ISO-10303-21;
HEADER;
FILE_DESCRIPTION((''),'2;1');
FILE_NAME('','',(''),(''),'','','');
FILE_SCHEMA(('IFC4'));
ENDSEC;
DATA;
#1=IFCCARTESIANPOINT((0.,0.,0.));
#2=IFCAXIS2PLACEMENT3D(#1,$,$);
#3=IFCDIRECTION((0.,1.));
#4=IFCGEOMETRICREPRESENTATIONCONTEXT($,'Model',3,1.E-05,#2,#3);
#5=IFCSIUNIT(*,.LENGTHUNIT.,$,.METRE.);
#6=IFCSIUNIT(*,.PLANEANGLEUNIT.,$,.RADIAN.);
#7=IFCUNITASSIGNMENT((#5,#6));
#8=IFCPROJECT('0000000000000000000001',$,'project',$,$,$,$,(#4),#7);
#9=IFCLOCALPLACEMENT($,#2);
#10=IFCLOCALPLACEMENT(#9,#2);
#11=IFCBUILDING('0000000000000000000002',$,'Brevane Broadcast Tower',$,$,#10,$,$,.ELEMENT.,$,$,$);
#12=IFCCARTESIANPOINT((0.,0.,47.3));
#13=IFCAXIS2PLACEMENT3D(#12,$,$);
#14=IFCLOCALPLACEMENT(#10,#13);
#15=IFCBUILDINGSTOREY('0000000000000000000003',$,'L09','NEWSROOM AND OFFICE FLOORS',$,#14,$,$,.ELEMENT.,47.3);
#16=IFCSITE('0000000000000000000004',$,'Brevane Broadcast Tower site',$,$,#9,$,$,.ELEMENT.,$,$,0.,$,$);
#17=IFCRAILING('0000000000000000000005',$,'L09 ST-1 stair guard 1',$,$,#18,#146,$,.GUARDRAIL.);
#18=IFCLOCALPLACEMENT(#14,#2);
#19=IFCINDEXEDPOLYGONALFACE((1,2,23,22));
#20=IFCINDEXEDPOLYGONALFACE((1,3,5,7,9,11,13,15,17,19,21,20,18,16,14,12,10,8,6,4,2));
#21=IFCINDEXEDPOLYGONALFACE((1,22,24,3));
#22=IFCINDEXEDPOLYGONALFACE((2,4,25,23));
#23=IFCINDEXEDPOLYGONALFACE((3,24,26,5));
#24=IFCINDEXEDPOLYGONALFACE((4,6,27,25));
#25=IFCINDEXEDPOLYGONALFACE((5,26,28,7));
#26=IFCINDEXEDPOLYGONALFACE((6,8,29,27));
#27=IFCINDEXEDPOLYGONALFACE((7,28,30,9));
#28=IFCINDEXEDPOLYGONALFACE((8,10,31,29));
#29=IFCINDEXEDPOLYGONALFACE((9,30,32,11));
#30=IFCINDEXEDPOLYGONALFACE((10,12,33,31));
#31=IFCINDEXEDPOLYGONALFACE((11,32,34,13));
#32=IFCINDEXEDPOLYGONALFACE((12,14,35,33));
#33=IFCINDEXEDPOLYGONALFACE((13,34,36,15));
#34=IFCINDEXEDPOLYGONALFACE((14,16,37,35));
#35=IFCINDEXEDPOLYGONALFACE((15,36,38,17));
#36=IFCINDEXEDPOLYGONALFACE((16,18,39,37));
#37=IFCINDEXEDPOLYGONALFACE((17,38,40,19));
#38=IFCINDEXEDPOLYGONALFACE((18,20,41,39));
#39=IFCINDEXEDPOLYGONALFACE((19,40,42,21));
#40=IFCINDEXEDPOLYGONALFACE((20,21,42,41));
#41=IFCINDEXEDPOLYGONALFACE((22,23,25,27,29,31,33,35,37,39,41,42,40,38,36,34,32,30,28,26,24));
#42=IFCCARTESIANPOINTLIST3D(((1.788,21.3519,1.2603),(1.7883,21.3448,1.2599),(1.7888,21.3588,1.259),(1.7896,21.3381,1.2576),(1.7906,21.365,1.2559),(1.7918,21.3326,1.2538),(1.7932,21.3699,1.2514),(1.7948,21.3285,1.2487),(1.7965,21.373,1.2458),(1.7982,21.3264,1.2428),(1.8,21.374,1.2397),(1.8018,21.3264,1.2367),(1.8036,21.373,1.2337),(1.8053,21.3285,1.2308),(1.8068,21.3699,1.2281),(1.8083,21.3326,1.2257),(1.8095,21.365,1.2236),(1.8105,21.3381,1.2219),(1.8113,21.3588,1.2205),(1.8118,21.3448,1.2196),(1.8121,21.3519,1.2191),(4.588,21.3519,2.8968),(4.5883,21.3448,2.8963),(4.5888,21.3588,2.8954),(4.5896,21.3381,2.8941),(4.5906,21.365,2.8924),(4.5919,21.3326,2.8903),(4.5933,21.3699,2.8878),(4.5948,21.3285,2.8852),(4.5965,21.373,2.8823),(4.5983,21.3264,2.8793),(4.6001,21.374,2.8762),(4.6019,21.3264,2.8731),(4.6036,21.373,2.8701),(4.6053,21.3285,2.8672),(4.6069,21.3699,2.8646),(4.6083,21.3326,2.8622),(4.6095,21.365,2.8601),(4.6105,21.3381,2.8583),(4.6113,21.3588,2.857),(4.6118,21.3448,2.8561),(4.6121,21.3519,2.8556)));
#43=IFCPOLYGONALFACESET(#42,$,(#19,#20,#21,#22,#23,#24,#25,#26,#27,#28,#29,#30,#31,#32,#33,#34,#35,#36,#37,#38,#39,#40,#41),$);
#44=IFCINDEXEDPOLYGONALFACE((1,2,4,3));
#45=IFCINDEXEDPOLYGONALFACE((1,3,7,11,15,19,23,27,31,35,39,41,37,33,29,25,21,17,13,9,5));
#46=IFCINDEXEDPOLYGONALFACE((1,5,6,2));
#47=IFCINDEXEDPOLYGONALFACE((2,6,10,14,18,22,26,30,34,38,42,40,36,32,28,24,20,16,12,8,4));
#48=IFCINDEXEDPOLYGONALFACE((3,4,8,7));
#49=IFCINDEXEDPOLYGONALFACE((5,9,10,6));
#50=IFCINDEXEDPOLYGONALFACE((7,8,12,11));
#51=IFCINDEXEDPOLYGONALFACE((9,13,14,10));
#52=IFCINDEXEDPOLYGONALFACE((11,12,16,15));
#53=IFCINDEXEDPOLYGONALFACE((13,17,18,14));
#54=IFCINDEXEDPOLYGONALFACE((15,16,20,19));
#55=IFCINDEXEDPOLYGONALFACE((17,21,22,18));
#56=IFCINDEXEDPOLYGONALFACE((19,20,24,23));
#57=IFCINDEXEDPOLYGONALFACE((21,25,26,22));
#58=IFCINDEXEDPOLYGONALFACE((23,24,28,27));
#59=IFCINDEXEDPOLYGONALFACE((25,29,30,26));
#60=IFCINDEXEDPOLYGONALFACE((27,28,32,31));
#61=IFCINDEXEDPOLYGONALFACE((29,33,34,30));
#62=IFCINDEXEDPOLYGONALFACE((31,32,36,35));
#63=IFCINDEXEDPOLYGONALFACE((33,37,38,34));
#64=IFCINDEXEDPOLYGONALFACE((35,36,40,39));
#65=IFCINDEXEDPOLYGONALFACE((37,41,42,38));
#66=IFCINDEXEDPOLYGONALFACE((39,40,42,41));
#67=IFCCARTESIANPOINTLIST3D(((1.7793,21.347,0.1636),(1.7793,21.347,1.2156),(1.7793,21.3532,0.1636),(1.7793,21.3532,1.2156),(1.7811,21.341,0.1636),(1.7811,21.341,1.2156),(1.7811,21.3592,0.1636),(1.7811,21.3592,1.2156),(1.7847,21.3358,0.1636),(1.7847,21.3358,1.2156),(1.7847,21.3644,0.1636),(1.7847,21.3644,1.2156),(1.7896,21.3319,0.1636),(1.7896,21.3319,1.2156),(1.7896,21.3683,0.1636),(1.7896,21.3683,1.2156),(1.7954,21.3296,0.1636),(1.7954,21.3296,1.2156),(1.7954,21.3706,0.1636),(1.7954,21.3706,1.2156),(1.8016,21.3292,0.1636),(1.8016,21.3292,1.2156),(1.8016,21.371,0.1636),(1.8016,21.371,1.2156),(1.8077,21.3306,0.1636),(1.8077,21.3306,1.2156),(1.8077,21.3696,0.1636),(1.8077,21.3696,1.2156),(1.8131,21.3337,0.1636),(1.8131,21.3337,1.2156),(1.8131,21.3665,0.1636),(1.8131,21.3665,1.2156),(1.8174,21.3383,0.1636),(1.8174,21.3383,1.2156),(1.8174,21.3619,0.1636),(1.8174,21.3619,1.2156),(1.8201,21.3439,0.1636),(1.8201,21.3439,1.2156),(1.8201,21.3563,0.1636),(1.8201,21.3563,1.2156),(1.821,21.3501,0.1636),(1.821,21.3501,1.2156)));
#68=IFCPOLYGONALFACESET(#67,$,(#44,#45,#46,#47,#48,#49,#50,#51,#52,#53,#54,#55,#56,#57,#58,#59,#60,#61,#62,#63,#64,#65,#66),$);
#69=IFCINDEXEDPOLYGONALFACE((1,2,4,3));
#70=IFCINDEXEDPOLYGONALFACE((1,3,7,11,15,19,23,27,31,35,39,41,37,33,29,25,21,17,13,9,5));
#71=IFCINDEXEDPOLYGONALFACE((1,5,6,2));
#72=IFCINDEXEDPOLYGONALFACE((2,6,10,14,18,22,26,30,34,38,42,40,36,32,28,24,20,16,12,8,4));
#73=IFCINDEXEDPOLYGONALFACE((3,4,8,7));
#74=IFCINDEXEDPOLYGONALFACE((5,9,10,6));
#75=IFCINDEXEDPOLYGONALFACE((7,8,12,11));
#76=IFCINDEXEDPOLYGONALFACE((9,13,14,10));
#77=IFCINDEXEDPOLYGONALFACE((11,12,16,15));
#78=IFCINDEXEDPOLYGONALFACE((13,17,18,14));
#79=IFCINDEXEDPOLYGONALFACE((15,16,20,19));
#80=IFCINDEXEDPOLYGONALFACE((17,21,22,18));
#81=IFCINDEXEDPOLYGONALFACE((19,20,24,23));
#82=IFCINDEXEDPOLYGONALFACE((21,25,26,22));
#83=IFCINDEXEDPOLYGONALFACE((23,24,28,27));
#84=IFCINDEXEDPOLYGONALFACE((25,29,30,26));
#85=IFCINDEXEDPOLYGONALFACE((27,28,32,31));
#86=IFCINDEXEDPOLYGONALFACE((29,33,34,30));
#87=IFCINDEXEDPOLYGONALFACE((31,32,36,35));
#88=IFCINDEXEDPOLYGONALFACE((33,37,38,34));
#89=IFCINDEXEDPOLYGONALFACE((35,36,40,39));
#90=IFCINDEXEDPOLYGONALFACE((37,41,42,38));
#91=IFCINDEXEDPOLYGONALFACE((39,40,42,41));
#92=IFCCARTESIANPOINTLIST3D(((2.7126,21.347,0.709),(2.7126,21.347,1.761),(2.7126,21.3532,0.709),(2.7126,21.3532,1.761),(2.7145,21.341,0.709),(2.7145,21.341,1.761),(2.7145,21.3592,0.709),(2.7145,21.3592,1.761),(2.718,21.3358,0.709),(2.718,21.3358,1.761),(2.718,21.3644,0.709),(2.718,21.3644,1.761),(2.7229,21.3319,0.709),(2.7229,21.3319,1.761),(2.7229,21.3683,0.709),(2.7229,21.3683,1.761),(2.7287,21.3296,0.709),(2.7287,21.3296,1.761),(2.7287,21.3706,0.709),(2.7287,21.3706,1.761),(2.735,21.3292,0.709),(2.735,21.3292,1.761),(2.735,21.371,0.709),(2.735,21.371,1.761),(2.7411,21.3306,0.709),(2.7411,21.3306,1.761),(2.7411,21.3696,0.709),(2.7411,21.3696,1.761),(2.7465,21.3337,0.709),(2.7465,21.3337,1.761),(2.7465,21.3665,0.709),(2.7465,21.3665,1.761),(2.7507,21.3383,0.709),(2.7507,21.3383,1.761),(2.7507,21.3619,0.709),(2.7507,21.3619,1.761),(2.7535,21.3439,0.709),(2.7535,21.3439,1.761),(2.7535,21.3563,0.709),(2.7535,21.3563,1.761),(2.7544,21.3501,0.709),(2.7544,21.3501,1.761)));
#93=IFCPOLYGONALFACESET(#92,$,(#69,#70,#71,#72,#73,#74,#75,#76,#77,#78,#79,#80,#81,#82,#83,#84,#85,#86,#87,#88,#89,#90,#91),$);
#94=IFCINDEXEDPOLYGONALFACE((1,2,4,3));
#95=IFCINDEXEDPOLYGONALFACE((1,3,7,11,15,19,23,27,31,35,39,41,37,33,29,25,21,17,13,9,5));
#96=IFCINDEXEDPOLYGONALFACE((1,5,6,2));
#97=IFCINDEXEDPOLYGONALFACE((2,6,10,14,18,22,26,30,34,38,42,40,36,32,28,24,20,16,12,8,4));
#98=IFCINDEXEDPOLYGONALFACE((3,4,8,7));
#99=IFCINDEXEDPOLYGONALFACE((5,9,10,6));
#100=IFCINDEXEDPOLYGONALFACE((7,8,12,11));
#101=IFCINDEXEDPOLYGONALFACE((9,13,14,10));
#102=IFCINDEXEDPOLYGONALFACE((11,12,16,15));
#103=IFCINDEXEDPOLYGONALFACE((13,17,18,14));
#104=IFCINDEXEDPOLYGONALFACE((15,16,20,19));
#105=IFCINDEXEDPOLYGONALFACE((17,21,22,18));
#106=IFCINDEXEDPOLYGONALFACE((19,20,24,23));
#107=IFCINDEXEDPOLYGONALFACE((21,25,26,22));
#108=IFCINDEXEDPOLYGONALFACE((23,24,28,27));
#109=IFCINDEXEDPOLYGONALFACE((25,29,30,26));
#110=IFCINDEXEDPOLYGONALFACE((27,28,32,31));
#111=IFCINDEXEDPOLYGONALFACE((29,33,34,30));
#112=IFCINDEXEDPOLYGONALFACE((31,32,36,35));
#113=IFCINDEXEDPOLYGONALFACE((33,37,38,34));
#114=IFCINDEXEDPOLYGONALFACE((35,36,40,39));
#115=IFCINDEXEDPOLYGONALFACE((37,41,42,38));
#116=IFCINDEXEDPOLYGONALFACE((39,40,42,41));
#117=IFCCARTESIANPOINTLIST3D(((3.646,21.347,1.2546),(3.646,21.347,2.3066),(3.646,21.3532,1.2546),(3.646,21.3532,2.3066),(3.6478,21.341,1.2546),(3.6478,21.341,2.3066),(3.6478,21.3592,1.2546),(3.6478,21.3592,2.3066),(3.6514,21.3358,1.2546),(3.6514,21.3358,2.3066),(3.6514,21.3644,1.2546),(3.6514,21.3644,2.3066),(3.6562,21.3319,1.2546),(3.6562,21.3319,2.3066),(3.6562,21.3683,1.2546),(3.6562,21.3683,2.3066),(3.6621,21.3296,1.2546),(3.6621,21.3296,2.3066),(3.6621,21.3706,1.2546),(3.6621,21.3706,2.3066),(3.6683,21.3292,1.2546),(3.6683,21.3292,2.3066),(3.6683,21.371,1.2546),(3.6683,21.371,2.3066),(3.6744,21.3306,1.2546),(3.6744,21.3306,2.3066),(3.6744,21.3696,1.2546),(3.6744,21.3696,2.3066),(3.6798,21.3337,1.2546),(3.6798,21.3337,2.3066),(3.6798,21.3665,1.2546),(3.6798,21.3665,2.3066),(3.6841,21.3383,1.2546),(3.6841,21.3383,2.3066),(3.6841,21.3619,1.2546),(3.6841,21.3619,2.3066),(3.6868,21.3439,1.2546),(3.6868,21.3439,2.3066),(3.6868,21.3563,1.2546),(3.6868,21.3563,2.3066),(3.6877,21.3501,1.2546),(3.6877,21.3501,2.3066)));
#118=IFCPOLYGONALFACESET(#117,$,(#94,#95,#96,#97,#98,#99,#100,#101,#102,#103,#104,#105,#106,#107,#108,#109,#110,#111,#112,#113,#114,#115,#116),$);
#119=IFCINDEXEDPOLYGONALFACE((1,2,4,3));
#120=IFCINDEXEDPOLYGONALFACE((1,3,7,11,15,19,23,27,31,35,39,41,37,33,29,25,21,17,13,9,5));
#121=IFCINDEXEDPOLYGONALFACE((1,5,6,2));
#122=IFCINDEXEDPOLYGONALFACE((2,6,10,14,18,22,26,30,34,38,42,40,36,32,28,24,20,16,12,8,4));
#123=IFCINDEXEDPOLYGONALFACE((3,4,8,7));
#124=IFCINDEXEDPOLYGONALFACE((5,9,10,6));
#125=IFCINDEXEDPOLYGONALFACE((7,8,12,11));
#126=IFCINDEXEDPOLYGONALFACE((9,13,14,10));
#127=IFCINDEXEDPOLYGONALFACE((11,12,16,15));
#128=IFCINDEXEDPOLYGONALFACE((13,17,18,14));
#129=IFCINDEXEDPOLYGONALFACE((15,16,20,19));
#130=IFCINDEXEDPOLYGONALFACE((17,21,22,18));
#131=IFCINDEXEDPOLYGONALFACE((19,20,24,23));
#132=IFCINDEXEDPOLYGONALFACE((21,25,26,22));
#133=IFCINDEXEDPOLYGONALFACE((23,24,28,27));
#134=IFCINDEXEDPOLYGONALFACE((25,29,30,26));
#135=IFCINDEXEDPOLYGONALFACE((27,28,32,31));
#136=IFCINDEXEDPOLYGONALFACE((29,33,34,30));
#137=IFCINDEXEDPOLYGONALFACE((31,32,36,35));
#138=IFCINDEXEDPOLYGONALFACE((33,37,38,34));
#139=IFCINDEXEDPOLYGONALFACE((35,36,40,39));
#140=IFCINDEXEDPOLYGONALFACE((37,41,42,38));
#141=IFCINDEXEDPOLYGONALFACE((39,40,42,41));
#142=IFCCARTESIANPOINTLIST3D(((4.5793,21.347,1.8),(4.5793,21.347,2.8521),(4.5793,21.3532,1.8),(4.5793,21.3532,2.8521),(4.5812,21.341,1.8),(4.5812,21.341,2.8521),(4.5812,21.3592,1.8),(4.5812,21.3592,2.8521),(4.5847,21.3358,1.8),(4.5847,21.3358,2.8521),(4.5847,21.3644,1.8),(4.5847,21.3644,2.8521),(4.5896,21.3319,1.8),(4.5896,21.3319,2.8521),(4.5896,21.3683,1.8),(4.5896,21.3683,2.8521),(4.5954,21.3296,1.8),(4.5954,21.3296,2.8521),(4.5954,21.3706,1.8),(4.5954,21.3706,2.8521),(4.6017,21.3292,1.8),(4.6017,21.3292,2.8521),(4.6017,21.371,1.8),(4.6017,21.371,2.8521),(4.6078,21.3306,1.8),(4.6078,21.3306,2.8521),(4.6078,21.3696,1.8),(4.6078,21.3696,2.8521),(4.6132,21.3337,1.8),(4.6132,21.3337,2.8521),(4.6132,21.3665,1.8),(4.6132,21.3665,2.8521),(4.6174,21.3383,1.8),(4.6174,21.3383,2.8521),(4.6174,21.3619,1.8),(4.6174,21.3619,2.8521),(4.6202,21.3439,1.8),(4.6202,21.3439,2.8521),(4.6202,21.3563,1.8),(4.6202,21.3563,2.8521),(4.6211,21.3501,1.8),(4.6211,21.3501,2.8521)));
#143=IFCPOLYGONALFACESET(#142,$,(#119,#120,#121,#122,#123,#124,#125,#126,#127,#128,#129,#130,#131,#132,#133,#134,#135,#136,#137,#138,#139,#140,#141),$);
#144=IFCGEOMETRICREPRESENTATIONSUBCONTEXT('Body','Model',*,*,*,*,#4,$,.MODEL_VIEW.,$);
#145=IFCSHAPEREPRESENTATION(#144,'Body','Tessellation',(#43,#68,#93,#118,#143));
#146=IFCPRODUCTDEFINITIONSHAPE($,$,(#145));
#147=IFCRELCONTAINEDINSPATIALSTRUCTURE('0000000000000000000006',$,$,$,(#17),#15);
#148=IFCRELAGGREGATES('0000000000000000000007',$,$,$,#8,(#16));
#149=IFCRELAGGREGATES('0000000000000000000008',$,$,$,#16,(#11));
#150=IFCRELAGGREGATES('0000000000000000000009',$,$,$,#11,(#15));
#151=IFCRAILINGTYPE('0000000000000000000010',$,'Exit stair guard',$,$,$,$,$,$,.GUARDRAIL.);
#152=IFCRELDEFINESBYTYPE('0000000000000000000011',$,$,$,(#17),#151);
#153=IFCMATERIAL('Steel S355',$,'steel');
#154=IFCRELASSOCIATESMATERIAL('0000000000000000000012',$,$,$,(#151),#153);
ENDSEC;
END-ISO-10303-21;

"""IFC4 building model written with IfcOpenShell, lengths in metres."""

from ifc_helpers import new_model, si_unit, direction, frame, origin, origin_2d, place, context, subcontext, project, spatial, circle, extrude, material, type_object, element, save


model = new_model("IFC4")

# Units and contexts
model_context = context("Model", 3, precision=1e-05, world=origin(), true_north=direction((0.0, 1.0)))
body_context = subcontext(model_context, "Body", "Model", "MODEL_VIEW")
ifc_project = project(units=[si_unit("LENGTHUNIT", "METRE"), si_unit("PLANEANGLEUNIT", "RADIAN")], contexts=[model_context])

# Site, building, storey
site_placement = place(None, origin())
site = spatial("IfcSite", under=ifc_project, at=site_placement, Name="Brevane Broadcast Tower site", CompositionType="ELEMENT", RefElevation=0.0)
building_placement = place(site_placement, origin())
building = spatial("IfcBuilding", under=site, at=building_placement, Name="Brevane Broadcast Tower", CompositionType="ELEMENT")
storey_placement = place(building_placement, frame((0.0, 0.0, 47.3)))
storey = spatial("IfcBuildingStorey", under=building, at=storey_placement, Name="L09", Description="NEWSROOM AND OFFICE FLOORS", CompositionType="ELEMENT", Elevation=47.3)

# Railing
ifc_material_1 = material(Name="Steel S355", Category="steel")
railing_type_1 = type_object("IfcRailingType", Name="Exit stair guard", PredefinedType="GUARDRAIL", material=ifc_material_1)
railing_1_placement = place(storey_placement, frame((1.8, 21.3501, 0.1636)))
element("IfcRailing", 1, at=railing_1_placement, inside=storey, type_object=railing_type_1, Name="L09 ST-1 stair guard 1", PredefinedType="GUARDRAIL", context=body_context, shape_type="SweptSolid", body=[
    extrude(circle(Radius=0.0239, at=origin_2d()), frame((0.0, 0.0, 1.0762), z_axis=(0.863361, 0.0, 0.504587), x_axis=(0.0, 1.0, 0.0)), (0.0, 0.0, 1.0), 3.2432),
    extrude(circle(Radius=0.021, at=origin_2d()), origin(), (0.0, 0.0, 1.0), 1.052),
    extrude(circle(Radius=0.021, at=origin_2d()), frame((0.9333, 0.0, 0.5454)), (0.0, 0.0, 1.0), 1.052),
    extrude(circle(Radius=0.021, at=origin_2d()), frame((1.8667, 0.0, 1.0911)), (0.0, 0.0, 1.0), 1.052),
    extrude(circle(Radius=0.021, at=origin_2d()), frame((2.8, 0.0, 1.6365)), (0.0, 0.0, 1.0), 1.052),
])

save(model, "model.ifc")
